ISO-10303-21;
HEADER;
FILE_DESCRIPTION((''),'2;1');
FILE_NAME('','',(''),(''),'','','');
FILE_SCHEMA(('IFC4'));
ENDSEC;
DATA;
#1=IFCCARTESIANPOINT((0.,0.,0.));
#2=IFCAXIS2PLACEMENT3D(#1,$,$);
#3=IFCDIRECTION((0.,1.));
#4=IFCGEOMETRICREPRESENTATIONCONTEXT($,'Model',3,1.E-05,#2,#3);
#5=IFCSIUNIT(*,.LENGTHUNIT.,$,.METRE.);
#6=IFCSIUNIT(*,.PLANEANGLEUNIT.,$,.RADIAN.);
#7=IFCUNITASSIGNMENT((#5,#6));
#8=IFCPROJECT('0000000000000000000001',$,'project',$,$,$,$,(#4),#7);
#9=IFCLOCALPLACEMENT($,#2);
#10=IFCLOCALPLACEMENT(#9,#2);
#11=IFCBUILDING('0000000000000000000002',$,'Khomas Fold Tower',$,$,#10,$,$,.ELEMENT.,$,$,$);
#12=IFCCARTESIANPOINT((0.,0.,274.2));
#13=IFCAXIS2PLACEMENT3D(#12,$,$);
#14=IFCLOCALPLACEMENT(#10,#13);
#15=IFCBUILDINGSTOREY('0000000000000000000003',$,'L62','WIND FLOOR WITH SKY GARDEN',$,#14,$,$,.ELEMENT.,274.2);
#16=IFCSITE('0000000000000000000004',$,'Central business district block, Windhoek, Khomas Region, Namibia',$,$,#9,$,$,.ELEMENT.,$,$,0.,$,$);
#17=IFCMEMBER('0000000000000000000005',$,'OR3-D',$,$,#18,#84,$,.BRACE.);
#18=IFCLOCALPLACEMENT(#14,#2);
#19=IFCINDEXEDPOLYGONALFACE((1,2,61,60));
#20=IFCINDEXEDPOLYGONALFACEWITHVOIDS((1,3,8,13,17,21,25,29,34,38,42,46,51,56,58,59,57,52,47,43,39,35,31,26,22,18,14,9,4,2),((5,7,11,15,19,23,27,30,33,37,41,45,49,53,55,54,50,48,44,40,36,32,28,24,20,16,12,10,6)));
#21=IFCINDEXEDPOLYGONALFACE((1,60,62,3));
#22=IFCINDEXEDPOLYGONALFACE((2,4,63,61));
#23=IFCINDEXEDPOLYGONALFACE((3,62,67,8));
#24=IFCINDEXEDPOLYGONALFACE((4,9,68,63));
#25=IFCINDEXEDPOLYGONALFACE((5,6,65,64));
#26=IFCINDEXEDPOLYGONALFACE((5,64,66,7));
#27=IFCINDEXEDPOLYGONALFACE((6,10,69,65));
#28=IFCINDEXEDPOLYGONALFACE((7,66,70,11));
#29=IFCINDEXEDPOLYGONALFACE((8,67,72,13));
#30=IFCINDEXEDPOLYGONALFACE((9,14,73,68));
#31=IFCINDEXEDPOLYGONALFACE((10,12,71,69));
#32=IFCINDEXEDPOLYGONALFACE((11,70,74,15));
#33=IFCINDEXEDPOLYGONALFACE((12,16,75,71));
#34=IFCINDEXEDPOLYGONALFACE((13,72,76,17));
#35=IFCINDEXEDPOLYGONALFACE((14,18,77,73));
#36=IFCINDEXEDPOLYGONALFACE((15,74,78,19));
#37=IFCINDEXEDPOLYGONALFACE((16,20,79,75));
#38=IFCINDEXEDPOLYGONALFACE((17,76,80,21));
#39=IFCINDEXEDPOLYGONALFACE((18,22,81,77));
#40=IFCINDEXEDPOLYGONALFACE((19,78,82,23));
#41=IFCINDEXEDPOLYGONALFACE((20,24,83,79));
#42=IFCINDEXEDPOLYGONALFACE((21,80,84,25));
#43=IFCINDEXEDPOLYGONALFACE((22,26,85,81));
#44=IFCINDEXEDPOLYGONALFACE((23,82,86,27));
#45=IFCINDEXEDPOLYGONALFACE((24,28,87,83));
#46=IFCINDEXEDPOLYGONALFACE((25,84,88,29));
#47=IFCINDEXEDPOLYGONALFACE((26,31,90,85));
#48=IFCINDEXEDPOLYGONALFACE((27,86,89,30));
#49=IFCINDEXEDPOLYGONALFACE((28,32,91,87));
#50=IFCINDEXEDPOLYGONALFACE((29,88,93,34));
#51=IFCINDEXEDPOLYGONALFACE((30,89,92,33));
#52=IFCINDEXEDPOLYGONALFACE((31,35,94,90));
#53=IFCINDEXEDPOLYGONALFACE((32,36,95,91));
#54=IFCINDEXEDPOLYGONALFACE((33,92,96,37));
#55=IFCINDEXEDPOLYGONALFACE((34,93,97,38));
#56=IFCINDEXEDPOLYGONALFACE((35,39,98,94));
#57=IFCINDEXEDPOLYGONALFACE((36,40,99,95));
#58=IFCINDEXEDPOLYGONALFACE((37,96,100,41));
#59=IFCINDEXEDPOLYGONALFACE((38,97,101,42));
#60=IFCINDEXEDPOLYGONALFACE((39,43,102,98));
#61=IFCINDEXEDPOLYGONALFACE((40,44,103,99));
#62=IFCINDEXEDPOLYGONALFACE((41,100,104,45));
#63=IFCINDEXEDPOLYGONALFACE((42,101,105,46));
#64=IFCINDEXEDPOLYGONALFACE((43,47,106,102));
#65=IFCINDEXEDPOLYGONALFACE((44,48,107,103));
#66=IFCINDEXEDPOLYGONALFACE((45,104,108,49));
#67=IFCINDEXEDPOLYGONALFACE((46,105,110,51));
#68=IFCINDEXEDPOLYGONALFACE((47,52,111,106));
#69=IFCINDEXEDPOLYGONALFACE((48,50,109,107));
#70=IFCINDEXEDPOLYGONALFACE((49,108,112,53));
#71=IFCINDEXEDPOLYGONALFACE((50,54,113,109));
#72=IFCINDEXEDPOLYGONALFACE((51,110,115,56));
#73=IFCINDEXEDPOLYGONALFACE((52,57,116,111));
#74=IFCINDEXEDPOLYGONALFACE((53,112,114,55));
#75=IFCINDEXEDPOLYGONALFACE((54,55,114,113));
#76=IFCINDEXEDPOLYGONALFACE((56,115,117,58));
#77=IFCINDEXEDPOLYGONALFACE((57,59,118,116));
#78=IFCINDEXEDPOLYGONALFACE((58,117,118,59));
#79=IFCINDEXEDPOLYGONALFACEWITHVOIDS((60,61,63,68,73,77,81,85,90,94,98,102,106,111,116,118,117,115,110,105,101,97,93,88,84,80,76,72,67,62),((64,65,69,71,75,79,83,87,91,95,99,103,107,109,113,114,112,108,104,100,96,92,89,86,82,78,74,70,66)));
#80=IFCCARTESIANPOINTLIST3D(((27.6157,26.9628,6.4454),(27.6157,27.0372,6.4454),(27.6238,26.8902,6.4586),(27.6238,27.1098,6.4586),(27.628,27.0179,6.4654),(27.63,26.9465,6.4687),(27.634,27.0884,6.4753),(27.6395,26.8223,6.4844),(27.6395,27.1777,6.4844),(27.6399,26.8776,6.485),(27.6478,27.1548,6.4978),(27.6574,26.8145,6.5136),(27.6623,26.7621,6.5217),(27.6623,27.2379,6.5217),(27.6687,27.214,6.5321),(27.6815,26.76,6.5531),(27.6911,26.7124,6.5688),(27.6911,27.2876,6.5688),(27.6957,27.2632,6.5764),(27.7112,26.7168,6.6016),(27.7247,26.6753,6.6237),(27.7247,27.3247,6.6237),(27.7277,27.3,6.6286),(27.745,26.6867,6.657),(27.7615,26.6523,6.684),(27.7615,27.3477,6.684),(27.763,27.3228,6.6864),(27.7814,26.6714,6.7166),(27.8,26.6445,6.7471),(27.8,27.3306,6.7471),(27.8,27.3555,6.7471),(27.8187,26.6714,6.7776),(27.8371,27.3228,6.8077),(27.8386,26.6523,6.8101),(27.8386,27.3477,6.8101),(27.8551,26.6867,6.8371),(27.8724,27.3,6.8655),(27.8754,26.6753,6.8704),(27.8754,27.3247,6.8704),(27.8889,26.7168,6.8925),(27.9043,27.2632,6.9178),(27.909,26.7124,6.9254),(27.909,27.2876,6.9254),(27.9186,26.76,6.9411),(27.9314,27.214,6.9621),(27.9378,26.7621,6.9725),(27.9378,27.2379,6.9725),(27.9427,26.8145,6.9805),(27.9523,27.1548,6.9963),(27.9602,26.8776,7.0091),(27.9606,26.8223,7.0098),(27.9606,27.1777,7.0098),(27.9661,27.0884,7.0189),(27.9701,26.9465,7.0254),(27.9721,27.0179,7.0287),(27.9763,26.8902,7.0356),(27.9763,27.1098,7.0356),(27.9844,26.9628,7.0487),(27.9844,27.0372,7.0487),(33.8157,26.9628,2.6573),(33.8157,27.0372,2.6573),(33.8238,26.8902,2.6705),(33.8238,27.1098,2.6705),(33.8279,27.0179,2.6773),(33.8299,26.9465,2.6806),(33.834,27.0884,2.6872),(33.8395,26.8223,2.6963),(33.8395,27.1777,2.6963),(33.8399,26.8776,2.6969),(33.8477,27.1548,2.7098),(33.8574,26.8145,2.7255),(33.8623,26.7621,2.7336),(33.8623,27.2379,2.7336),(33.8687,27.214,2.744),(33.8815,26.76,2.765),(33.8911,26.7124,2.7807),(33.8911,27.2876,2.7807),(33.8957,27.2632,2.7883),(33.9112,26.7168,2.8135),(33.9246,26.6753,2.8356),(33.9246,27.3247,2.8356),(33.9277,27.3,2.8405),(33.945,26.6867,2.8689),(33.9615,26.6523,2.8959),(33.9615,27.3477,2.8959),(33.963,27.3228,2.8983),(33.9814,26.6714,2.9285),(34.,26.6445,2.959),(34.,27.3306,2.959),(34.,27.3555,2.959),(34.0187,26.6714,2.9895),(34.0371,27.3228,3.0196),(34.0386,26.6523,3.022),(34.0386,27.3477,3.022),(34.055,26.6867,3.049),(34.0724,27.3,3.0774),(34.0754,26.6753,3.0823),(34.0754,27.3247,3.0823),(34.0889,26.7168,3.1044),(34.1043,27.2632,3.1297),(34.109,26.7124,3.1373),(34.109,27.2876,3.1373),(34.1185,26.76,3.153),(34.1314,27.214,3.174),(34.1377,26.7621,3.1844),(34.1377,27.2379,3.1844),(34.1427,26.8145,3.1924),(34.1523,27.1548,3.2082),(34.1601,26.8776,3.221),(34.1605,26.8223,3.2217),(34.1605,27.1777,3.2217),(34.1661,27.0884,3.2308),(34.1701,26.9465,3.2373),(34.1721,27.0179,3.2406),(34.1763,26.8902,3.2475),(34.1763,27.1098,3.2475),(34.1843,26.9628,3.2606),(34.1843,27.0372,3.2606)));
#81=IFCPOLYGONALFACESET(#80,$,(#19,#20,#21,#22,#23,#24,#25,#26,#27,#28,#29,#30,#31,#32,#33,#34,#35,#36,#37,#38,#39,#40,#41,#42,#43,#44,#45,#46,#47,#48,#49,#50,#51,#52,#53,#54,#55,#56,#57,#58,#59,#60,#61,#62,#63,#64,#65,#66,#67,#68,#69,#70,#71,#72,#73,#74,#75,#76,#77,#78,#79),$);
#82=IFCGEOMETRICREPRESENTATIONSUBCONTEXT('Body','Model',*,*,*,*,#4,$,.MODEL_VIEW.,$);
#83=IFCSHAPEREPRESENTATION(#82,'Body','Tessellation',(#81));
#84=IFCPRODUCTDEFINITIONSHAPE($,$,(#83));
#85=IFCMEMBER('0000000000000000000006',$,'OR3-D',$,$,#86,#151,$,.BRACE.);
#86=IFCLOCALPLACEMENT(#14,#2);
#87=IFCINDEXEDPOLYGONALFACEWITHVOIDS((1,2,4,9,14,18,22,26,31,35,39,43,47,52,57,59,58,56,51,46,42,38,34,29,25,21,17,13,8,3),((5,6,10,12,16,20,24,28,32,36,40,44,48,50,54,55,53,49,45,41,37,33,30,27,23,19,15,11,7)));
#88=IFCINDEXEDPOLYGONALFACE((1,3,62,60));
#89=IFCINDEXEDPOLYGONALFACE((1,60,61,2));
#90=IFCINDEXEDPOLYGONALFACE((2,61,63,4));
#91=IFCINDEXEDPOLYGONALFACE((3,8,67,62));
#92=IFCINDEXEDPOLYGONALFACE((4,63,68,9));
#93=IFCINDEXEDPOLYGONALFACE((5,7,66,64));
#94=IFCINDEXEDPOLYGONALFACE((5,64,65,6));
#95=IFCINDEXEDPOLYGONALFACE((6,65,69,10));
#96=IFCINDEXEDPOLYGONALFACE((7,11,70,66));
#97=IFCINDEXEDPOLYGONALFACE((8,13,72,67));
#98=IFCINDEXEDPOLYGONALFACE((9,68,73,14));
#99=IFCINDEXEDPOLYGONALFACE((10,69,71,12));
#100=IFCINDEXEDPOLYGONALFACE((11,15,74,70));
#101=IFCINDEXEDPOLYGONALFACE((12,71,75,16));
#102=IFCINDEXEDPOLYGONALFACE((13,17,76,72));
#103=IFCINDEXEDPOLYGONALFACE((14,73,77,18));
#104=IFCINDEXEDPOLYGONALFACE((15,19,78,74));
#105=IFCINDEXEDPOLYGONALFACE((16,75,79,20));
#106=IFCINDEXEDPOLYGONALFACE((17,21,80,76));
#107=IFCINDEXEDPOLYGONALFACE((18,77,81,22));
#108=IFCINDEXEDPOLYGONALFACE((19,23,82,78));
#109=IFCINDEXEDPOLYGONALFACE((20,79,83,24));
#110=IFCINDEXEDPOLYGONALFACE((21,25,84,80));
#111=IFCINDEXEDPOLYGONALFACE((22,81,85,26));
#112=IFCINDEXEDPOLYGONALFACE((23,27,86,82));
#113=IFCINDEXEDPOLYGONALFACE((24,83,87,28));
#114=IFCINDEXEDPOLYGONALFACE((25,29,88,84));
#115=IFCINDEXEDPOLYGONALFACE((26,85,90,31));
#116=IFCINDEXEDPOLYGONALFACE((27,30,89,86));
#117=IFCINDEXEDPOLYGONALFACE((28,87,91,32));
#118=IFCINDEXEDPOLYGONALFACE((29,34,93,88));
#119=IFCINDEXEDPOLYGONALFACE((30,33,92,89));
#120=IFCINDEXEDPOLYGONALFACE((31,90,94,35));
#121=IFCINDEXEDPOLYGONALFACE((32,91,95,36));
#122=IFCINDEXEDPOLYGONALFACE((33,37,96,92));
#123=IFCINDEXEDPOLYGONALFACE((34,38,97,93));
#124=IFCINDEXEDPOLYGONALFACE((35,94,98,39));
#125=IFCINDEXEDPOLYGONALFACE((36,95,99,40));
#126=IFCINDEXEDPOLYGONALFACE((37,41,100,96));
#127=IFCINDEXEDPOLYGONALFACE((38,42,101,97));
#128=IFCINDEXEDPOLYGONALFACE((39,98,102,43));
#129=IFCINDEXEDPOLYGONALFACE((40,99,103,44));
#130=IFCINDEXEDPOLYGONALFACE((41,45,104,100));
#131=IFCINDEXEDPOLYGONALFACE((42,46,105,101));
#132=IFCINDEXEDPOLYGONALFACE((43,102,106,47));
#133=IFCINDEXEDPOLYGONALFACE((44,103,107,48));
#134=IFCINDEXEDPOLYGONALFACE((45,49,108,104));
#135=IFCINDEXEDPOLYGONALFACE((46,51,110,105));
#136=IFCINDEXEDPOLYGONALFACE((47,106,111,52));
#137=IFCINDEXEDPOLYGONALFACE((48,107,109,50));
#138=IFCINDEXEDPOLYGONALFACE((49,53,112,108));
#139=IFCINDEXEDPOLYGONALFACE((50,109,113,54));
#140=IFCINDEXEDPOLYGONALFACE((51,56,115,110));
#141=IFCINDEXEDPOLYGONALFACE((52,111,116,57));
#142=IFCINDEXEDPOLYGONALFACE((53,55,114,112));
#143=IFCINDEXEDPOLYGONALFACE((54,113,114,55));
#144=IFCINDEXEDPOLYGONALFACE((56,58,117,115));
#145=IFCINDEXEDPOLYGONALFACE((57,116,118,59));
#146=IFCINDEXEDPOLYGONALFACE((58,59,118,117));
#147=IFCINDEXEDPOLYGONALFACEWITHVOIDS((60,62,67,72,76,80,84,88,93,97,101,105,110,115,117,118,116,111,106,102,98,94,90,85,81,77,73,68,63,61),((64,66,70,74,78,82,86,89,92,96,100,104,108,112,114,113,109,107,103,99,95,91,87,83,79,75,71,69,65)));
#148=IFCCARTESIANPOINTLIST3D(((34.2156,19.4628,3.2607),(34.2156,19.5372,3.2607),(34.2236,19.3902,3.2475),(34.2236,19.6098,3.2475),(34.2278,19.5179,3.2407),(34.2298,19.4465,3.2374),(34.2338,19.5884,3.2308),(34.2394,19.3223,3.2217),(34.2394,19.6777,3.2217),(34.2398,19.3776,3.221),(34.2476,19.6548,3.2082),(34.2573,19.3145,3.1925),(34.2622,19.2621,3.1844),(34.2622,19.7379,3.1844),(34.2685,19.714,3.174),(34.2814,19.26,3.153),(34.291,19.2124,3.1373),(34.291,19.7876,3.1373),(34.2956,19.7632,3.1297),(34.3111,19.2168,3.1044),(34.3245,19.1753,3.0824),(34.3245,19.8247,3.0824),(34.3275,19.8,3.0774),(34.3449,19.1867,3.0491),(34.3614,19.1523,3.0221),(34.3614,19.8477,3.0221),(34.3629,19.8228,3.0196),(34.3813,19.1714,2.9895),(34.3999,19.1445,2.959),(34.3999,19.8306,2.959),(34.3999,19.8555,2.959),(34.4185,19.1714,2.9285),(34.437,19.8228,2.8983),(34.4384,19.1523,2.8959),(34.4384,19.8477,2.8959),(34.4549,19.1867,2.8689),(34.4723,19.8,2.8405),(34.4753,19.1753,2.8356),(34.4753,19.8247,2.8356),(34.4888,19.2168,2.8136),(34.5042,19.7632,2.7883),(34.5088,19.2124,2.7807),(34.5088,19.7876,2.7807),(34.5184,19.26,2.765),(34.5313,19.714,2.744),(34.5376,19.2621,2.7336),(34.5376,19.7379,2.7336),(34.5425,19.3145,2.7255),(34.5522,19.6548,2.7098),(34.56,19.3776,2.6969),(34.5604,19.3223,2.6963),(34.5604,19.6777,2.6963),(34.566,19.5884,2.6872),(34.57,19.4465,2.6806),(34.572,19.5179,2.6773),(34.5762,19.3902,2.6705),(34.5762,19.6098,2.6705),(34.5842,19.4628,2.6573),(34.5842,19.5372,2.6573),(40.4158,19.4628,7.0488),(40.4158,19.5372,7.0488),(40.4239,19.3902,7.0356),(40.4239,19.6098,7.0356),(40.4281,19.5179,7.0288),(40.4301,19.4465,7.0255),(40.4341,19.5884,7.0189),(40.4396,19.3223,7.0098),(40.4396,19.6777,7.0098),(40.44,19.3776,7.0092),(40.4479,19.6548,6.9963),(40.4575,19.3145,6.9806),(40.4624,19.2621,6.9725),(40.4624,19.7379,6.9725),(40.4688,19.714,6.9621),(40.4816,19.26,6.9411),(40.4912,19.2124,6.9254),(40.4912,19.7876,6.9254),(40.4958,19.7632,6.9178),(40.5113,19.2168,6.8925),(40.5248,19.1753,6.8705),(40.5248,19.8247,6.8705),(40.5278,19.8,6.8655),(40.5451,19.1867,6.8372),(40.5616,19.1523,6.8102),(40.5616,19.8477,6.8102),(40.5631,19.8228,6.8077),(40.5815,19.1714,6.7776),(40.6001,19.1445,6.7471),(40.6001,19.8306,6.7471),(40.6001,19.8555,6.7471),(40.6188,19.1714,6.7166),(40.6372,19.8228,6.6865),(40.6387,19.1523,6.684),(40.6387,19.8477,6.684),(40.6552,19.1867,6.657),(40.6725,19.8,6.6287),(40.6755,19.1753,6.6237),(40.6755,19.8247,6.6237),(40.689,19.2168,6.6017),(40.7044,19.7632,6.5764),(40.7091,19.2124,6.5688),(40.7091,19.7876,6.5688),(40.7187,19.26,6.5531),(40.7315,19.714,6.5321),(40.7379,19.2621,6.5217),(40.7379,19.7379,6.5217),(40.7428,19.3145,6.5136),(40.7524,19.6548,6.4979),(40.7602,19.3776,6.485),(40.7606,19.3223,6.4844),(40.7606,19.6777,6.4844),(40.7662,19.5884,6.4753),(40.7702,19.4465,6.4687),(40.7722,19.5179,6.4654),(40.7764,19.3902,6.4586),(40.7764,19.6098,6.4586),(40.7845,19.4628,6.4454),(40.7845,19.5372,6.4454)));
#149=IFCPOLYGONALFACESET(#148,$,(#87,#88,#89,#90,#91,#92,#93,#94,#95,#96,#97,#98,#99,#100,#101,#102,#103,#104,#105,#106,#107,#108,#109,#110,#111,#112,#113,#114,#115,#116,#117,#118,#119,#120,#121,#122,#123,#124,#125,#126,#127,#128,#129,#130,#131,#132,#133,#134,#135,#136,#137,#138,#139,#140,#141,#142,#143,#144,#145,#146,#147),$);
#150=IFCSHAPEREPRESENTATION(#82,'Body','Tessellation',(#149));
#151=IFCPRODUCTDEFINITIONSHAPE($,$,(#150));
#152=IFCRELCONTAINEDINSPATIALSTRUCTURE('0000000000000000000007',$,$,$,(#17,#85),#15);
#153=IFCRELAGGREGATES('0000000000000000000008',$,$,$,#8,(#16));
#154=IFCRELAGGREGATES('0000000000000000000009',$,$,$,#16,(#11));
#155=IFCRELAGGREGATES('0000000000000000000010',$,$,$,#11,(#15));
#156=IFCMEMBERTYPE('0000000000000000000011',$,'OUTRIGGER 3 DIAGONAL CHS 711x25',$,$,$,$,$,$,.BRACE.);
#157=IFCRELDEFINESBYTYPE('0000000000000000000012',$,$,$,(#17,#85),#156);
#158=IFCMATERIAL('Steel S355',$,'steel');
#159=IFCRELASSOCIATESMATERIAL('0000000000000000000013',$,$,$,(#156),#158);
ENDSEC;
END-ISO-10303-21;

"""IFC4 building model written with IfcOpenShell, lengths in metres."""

from ifc_helpers import new_model, si_unit, direction, frame, origin, origin_2d, place, context, subcontext, project, spatial, hollow_circle, extrude, source, transform, mapped, material, material_profile, profile_set, type_object, element, save


model = new_model("IFC4")

# Units and contexts
model_context = context("Model", 3, precision=1e-05, world=origin(), true_north=direction((0.0, 1.0)))
body_context = subcontext(model_context, "Body", "Model", "MODEL_VIEW")
ifc_project = project(units=[si_unit("LENGTHUNIT", "METRE"), si_unit("PLANEANGLEUNIT", "RADIAN")], contexts=[model_context])

# Site, building, storey
site_placement = place(None, origin())
site = spatial("IfcSite", under=ifc_project, at=site_placement, Name="Central business district block, Windhoek, Khomas Region, Namibia", CompositionType="ELEMENT", RefElevation=0.0)
building_placement = place(site_placement, origin())
building = spatial("IfcBuilding", under=site, at=building_placement, Name="Khomas Fold Tower", CompositionType="ELEMENT")
storey_placement = place(building_placement, frame((0.0, 0.0, 274.2)))
storey = spatial("IfcBuildingStorey", under=building, at=storey_placement, Name="L62", Description="WIND FLOOR WITH SKY GARDEN", CompositionType="ELEMENT", Elevation=274.2)

# Members
ifc_material_1 = material(Name="Steel S355", Category="steel")
ifc_material_profile_1 = material_profile(ifc_material_1, hollow_circle(Radius=0.3555, WallThickness=0.0249, at=origin_2d()), Name="CHS 711x25")
ifc_profile_set_1 = profile_set([ifc_material_profile_1], Name="Steel S355")
member_type_1 = type_object("IfcMemberType", Name="OUTRIGGER 3 DIAGONAL CHS 711x25", PredefinedType="BRACE", material=ifc_profile_set_1)
shared_shape_1 = source(origin(), body_context, "Body", "SweptSolid", [
    extrude(hollow_circle(Radius=0.3555, WallThickness=0.0249, at=origin_2d()), origin(), (0.0, 0.0, 1.0), 7.2656),
])
for number, where, z_axis, x_axis, name in (
    (1, (27.8, 27.0, 6.7471), (0.853329, 0.0, -0.521373), (0.0, 1.0, 0.0), "OR3-D"),
):
    element("IfcMember", number, at=place(storey_placement, frame(where, z_axis=z_axis, x_axis=x_axis)), inside=storey, type_object=member_type_1, Name=name, PredefinedType="BRACE", context=body_context, shape_type="MappedRepresentation", body=[
        mapped(shared_shape_1, transform((0.0, 0.0, 0.0))),
    ])
shared_shape_2 = source(origin(), body_context, "Body", "SweptSolid", [
    extrude(hollow_circle(Radius=0.3555, WallThickness=0.0249, at=origin_2d()), origin(), (0.0, 0.0, 1.0), 7.2659),
])
for number, where, z_axis, x_axis, name in (
    (2, (34.3999, 19.5, 2.959), (0.853338, 0.0, 0.521358), (0.0, 1.0, 0.0), "OR3-D"),
):
    element("IfcMember", number, at=place(storey_placement, frame(where, z_axis=z_axis, x_axis=x_axis)), inside=storey, type_object=member_type_1, Name=name, PredefinedType="BRACE", context=body_context, shape_type="MappedRepresentation", body=[
        mapped(shared_shape_2, transform((0.0, 0.0, 0.0))),
    ])

save(model, "model.ifc")
